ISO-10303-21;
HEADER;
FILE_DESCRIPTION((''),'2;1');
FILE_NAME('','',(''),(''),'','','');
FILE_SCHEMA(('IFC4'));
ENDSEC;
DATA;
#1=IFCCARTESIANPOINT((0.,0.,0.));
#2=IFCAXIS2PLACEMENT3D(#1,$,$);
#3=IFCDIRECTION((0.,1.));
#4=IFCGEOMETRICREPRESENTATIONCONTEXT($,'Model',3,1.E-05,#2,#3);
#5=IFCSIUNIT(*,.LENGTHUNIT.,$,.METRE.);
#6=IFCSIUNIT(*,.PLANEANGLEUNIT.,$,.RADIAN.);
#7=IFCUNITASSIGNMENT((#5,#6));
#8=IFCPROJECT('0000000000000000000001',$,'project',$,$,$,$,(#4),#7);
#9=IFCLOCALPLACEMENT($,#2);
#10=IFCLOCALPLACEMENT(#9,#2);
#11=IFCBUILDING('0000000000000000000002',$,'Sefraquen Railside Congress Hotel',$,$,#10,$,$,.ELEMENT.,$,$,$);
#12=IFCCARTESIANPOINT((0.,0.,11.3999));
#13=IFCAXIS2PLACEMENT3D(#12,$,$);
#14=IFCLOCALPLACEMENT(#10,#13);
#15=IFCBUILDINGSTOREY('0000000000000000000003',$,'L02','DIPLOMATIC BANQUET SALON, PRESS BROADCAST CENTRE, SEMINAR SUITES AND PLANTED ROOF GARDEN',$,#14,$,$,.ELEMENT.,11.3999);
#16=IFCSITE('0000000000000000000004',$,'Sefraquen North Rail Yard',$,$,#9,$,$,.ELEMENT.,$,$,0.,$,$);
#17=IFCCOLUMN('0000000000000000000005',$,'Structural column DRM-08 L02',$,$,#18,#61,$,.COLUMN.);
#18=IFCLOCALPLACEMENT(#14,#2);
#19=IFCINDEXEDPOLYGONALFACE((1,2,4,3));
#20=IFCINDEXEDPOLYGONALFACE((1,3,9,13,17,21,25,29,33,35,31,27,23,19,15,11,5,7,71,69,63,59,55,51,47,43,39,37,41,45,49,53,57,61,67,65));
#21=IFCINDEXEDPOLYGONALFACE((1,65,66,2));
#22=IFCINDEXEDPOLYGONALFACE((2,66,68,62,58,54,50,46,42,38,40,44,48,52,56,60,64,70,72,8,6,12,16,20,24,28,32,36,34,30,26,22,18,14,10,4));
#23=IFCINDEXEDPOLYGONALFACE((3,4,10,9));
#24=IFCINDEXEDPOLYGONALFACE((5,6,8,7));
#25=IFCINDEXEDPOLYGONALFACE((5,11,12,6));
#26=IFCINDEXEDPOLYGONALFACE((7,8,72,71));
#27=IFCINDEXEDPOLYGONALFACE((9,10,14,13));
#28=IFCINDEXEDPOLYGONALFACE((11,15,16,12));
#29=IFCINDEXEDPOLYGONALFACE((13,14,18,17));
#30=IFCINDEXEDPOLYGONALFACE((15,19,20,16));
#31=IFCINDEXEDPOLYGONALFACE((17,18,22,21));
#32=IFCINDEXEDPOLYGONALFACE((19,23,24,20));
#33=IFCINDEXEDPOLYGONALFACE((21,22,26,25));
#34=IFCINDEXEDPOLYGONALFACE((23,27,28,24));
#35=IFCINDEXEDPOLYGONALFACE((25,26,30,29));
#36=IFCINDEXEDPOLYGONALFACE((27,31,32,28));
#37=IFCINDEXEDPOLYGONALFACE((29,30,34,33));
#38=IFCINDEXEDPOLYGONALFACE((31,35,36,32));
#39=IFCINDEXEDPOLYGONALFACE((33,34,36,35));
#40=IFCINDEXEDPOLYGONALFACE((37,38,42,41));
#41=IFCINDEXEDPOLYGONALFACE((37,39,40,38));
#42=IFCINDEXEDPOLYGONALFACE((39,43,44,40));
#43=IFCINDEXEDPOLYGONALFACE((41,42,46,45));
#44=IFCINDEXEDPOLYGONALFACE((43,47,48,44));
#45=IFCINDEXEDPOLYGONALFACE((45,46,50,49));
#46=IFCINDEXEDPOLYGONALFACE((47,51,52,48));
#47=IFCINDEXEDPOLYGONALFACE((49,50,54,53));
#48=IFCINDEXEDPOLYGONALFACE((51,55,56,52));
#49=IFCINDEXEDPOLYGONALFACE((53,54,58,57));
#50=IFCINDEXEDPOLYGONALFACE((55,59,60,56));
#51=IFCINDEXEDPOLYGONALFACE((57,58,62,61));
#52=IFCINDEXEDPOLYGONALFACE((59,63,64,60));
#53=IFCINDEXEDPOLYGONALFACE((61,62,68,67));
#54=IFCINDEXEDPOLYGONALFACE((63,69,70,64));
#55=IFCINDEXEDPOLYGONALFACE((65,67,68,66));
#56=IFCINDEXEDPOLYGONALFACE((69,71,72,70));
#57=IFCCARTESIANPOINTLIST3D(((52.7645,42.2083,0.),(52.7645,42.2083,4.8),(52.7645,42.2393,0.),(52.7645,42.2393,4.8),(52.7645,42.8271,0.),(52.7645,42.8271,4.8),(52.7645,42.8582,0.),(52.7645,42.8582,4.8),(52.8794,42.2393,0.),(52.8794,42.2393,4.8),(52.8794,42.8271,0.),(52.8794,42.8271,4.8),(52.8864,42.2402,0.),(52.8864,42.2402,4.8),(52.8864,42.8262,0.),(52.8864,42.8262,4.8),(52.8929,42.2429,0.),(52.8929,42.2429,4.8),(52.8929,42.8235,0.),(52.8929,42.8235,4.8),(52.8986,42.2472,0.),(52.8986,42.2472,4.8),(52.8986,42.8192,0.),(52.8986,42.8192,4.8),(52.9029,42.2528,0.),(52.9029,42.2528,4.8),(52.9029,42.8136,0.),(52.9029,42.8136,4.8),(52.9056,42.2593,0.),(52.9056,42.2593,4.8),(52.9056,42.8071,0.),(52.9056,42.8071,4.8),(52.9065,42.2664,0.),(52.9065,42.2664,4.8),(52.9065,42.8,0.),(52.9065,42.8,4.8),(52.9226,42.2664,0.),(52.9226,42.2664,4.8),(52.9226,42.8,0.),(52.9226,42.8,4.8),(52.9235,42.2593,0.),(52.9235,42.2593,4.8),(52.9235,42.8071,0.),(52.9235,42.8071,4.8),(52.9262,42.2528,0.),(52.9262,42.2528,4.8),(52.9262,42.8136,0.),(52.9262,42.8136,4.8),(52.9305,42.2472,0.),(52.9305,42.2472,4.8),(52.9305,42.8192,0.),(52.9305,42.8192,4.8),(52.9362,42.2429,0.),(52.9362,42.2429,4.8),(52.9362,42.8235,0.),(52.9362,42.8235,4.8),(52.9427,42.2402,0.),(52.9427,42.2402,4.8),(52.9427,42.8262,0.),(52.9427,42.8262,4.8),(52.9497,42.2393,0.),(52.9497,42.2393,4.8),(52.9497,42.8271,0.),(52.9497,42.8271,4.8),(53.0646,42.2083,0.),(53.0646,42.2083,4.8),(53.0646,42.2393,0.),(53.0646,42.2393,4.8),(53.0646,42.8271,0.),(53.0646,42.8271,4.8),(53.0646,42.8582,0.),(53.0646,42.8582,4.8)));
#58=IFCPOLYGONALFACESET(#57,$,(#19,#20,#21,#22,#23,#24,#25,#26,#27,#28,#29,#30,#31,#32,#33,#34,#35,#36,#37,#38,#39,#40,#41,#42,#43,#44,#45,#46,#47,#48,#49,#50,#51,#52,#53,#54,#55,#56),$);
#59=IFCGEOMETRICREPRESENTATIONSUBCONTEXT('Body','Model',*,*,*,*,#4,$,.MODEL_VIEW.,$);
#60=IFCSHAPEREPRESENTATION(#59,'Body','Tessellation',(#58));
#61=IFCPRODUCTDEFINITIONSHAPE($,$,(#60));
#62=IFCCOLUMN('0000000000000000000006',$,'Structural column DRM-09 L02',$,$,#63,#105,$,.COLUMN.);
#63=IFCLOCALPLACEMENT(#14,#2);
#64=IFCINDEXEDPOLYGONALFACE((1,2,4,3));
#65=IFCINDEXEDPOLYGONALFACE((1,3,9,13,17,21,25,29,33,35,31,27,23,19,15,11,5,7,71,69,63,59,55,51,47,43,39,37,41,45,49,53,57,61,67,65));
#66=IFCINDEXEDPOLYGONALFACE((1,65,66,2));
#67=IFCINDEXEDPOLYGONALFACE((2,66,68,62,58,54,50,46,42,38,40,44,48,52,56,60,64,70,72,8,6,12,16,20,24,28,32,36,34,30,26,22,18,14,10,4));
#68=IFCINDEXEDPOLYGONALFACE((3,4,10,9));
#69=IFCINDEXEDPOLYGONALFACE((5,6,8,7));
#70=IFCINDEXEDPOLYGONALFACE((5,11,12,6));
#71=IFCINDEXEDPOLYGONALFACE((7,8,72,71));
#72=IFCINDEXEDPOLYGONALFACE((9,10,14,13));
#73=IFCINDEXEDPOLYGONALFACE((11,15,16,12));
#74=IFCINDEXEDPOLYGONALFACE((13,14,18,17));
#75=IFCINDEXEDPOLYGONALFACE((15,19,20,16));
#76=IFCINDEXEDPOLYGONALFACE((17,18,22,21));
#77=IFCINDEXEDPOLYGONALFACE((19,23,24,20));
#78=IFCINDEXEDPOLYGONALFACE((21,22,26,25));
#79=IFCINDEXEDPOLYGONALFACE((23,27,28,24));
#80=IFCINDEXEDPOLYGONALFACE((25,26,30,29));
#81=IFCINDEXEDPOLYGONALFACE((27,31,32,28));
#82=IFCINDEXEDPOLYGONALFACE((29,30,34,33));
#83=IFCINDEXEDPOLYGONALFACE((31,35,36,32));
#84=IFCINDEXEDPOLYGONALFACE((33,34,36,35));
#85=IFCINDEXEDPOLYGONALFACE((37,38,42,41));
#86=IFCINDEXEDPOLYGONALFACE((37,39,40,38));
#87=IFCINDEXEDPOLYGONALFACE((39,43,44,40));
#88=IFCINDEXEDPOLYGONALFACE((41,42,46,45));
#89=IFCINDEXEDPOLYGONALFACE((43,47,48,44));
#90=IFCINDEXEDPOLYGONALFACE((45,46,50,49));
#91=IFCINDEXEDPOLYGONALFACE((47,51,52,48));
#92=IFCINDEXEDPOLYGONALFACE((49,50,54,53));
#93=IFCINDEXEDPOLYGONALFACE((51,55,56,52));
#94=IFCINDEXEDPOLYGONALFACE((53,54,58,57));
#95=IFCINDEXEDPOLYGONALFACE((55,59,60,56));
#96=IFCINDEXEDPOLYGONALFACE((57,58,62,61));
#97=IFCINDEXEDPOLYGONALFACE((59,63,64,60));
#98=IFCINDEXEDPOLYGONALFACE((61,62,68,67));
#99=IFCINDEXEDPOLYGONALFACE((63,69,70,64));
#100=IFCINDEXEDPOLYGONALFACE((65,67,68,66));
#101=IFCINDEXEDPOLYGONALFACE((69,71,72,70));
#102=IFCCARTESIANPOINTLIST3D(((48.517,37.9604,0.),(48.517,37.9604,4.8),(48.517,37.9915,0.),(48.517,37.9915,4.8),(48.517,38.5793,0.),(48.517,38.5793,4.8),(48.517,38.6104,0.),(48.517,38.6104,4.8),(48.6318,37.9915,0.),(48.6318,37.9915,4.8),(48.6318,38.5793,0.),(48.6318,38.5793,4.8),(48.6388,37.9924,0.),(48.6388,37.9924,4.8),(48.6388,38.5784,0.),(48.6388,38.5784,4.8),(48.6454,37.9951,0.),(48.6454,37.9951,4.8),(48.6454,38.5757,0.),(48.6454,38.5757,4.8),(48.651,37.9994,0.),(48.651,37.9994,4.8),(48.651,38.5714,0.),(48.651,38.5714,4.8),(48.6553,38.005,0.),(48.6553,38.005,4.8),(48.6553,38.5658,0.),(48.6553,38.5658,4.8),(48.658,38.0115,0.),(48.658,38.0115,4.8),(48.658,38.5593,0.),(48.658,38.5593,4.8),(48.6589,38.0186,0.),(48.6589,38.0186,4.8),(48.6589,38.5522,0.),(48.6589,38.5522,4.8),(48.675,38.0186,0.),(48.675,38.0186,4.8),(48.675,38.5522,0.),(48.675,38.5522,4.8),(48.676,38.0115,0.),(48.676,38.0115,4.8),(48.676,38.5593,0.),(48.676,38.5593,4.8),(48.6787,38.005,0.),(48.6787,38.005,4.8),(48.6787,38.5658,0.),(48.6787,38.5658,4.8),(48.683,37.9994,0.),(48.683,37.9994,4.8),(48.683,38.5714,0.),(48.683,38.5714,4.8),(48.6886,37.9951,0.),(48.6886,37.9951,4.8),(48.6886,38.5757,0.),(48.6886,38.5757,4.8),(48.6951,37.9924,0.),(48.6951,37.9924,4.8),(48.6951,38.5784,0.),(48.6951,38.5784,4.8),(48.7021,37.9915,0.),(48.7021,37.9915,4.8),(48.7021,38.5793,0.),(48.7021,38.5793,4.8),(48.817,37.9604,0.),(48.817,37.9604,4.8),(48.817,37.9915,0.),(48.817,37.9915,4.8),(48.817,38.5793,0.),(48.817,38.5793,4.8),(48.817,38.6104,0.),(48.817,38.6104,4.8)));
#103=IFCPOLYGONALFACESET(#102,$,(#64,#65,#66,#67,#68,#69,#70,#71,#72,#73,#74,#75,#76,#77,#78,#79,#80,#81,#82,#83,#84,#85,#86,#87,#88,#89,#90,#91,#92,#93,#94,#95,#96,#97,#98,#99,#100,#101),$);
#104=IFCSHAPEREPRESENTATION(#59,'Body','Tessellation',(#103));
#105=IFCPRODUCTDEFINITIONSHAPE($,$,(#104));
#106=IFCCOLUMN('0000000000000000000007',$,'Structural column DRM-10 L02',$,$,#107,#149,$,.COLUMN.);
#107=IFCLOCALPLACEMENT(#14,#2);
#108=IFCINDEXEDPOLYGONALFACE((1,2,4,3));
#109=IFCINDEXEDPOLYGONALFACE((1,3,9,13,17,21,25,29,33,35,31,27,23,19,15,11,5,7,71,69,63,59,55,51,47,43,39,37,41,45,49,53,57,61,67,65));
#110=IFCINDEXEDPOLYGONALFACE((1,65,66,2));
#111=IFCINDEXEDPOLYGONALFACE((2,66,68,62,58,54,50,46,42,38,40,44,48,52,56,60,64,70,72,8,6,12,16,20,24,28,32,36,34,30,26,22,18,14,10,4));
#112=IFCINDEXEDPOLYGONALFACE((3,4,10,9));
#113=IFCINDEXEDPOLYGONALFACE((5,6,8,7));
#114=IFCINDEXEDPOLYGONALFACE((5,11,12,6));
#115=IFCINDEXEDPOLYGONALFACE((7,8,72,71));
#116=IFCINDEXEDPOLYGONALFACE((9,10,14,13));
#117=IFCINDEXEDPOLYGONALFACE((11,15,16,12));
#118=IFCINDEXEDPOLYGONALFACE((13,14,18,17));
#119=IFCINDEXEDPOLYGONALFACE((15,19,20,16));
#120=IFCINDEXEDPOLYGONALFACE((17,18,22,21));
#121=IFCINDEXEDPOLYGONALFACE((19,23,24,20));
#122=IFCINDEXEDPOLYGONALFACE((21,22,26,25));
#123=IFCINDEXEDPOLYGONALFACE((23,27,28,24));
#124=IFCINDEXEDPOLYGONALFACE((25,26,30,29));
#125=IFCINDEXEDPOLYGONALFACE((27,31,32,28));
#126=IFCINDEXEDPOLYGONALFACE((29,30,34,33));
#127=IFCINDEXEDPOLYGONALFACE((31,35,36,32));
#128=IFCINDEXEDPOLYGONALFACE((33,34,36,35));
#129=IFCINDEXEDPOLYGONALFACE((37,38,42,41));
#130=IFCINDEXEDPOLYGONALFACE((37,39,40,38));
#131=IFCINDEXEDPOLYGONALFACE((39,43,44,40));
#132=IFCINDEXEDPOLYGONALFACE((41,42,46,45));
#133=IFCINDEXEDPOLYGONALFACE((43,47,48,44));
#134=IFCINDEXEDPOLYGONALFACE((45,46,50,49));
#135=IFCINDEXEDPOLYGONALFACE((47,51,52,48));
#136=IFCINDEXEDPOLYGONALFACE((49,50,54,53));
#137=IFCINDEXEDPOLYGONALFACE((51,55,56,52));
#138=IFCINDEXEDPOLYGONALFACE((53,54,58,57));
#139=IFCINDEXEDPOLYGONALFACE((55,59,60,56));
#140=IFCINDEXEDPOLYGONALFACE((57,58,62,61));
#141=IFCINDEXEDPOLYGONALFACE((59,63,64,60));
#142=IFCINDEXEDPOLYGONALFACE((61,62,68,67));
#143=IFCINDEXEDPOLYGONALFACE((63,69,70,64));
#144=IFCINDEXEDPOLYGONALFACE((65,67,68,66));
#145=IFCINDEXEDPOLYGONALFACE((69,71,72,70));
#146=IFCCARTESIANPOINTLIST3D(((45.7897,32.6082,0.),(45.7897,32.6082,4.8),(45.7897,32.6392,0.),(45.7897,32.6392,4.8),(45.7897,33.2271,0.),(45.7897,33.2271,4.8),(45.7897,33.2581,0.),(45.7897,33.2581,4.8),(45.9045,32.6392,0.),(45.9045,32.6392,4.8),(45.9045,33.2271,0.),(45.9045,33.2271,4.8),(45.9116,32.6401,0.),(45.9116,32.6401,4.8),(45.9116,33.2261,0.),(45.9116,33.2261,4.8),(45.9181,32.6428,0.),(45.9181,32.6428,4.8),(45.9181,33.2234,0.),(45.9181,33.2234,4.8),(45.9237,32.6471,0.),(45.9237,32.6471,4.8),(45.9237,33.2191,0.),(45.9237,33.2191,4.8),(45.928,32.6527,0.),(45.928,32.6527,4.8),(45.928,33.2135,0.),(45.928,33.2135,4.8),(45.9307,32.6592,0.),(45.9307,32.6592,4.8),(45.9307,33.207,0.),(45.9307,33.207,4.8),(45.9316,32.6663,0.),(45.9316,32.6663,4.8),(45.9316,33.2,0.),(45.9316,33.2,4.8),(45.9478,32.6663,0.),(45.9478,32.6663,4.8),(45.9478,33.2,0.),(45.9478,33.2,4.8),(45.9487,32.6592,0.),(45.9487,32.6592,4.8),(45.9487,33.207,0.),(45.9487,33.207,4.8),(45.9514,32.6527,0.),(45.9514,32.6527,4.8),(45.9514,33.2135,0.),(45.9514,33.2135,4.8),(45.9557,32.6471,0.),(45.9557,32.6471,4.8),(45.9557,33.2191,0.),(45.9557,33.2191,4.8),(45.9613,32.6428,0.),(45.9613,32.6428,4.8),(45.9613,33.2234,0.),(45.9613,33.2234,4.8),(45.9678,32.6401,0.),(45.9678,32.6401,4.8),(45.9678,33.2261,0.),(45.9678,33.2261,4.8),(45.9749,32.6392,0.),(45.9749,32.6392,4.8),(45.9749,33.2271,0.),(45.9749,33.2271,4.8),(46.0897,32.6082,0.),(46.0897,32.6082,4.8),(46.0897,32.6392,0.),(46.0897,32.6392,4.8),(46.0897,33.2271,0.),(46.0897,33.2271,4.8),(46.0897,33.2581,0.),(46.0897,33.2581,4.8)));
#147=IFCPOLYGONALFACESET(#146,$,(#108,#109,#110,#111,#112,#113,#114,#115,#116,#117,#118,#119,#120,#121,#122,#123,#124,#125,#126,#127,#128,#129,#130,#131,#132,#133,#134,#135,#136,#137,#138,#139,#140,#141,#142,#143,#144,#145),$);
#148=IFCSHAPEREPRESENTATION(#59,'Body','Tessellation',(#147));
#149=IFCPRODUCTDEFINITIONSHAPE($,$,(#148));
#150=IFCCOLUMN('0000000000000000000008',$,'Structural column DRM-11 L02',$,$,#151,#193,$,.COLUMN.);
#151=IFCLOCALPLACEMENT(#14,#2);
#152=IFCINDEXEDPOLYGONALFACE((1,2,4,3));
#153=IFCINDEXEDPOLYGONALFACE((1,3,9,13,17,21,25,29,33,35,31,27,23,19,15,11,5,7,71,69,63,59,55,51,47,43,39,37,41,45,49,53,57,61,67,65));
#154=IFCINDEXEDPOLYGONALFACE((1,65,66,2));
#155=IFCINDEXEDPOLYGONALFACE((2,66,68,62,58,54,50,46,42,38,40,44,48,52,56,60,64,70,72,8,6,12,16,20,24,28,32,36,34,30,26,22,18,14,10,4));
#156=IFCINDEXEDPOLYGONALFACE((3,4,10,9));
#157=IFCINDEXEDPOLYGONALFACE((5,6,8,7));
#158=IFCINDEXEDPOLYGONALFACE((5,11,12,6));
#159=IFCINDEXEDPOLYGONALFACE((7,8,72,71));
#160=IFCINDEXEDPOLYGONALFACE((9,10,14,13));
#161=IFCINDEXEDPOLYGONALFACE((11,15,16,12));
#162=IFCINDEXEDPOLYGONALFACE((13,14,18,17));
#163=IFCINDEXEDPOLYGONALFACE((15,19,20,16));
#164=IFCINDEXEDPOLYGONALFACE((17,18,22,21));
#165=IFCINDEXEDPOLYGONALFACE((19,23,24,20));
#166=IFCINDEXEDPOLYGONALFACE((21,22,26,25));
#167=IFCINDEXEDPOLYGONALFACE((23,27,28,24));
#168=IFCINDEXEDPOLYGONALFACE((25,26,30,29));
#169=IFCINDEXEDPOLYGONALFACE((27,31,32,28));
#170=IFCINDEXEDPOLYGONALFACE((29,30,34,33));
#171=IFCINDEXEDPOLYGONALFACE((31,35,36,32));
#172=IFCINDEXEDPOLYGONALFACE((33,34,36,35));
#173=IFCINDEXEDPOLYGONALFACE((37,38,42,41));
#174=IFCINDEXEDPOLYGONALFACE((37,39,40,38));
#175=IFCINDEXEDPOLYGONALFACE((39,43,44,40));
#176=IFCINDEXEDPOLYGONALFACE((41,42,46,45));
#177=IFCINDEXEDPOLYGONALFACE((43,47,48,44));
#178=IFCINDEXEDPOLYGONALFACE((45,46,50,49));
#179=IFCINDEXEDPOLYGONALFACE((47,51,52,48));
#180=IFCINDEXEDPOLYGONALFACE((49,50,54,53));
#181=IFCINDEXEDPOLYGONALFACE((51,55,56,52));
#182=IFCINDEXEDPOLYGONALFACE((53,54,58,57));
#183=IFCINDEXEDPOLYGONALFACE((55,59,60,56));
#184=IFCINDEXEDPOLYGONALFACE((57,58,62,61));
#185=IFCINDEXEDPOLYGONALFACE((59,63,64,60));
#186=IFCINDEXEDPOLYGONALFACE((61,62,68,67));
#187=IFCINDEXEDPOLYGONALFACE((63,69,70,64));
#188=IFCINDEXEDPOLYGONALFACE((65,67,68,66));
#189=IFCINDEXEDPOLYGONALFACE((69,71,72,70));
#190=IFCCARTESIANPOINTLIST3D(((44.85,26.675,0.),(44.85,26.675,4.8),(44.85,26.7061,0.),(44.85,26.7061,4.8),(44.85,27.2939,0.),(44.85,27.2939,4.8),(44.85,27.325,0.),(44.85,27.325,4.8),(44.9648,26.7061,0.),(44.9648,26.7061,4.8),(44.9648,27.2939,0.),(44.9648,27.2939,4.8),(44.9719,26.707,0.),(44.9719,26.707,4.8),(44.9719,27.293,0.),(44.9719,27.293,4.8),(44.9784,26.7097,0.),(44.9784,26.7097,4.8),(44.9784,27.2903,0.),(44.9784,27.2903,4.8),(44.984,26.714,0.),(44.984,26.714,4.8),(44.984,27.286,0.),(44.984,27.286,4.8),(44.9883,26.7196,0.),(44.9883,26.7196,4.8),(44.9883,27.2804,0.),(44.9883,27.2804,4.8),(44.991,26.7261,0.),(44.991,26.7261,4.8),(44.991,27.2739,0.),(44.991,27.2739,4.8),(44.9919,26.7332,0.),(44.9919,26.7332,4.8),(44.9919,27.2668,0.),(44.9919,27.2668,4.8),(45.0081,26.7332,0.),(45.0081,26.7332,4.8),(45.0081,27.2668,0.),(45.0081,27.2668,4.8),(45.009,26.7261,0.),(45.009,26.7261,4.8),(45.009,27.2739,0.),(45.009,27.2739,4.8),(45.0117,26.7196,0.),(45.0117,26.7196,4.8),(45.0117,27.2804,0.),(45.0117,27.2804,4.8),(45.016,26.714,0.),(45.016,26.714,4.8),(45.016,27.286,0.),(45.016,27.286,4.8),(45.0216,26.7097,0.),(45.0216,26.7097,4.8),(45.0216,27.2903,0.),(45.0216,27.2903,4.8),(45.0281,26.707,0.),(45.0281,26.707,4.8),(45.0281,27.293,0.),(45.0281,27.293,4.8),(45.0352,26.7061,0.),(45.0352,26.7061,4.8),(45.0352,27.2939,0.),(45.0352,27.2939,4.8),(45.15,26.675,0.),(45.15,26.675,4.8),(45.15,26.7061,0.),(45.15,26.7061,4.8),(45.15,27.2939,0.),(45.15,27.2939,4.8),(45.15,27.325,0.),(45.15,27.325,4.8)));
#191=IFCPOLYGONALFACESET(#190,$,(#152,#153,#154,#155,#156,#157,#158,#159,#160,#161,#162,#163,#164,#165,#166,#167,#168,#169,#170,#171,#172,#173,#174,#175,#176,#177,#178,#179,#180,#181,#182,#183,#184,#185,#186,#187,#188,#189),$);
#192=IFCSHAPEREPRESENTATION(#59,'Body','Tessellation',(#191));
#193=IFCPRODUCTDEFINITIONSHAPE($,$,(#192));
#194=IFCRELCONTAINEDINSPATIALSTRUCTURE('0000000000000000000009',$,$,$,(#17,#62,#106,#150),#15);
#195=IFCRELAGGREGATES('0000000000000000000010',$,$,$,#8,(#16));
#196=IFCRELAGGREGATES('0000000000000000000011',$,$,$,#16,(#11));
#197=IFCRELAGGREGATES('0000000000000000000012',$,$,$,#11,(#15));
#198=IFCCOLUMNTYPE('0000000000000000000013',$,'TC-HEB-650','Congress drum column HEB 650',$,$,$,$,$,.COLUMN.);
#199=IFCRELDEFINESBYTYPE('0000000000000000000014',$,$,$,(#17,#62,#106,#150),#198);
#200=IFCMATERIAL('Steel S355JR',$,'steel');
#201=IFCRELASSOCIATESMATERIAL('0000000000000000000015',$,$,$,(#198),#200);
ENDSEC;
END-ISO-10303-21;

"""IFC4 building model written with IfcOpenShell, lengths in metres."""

from ifc_helpers import new_model, si_unit, direction, frame, origin, origin_2d, place, context, subcontext, project, spatial, i_section, extrude, material, material_profile, profile_set, type_object, element, save


model = new_model("IFC4")

# Units and contexts
model_context = context("Model", 3, precision=1e-05, world=origin(), true_north=direction((0.0, 1.0)))
body_context = subcontext(model_context, "Body", "Model", "MODEL_VIEW")
ifc_project = project(units=[si_unit("LENGTHUNIT", "METRE"), si_unit("PLANEANGLEUNIT", "RADIAN")], contexts=[model_context])

# Site, building, storey
site_placement = place(None, origin())
site = spatial("IfcSite", under=ifc_project, at=site_placement, Name="Sefraquen North Rail Yard", CompositionType="ELEMENT", RefElevation=0.0)
building_placement = place(site_placement, origin())
building = spatial("IfcBuilding", under=site, at=building_placement, Name="Sefraquen Railside Congress Hotel", CompositionType="ELEMENT")
storey_placement = place(building_placement, frame((0.0, 0.0, 11.3999)))
storey = spatial("IfcBuildingStorey", under=building, at=storey_placement, Name="L02", Description="DIPLOMATIC BANQUET SALON, PRESS BROADCAST CENTRE, SEMINAR SUITES AND PLANTED ROOF GARDEN", CompositionType="ELEMENT", Elevation=11.3999)

# Columns
ifc_material_1 = material(Name="Steel S355JR", Category="steel")
ifc_material_profile_1 = material_profile(ifc_material_1, i_section(OverallWidth=0.3, OverallDepth=0.6499, WebThickness=0.0161, FlangeThickness=0.031, FilletRadius=0.0271, at=origin_2d()), Name="HEB 650")
ifc_profile_set_1 = profile_set([ifc_material_profile_1], Name="Steel S355JR")
column_type_1 = type_object("IfcColumnType", Name="TC-HEB-650", Description="Congress drum column HEB 650", PredefinedType="COLUMN", material=ifc_profile_set_1)
for number, where, z_axis, x_axis, name in (
    (1, (52.9146, 42.5332, 0.0), (0.0, 0.0, 1.0), (1.0, 0.0, 0.0), "Structural column DRM-08 L02"),
    (2, (48.667, 38.2854, 0.0), (0.0, 0.0, 1.0), (1.0, 0.0, 0.0), "Structural column DRM-09 L02"),
    (3, (45.9397, 32.9331, 0.0), (0.0, 0.0, 1.0), (1.0, 0.0, 0.0), "Structural column DRM-10 L02"),
    (4, (45.0, 27.0, 0.0), (0.0, 0.0, 1.0), (1.0, 0.0, 0.0), "Structural column DRM-11 L02"),
):
    element("IfcColumn", number, at=place(storey_placement, frame(where, z_axis=z_axis, x_axis=x_axis)), inside=storey, type_object=column_type_1, Name=name, PredefinedType="COLUMN", context=body_context, shape_type="SweptSolid", body=[
        extrude(i_section(OverallWidth=0.3, OverallDepth=0.6499, WebThickness=0.0161, FlangeThickness=0.031, FilletRadius=0.0271, at=origin_2d()), origin(), (0.0, 0.0, 1.0), 4.8),
    ])

save(model, "model.ifc")
